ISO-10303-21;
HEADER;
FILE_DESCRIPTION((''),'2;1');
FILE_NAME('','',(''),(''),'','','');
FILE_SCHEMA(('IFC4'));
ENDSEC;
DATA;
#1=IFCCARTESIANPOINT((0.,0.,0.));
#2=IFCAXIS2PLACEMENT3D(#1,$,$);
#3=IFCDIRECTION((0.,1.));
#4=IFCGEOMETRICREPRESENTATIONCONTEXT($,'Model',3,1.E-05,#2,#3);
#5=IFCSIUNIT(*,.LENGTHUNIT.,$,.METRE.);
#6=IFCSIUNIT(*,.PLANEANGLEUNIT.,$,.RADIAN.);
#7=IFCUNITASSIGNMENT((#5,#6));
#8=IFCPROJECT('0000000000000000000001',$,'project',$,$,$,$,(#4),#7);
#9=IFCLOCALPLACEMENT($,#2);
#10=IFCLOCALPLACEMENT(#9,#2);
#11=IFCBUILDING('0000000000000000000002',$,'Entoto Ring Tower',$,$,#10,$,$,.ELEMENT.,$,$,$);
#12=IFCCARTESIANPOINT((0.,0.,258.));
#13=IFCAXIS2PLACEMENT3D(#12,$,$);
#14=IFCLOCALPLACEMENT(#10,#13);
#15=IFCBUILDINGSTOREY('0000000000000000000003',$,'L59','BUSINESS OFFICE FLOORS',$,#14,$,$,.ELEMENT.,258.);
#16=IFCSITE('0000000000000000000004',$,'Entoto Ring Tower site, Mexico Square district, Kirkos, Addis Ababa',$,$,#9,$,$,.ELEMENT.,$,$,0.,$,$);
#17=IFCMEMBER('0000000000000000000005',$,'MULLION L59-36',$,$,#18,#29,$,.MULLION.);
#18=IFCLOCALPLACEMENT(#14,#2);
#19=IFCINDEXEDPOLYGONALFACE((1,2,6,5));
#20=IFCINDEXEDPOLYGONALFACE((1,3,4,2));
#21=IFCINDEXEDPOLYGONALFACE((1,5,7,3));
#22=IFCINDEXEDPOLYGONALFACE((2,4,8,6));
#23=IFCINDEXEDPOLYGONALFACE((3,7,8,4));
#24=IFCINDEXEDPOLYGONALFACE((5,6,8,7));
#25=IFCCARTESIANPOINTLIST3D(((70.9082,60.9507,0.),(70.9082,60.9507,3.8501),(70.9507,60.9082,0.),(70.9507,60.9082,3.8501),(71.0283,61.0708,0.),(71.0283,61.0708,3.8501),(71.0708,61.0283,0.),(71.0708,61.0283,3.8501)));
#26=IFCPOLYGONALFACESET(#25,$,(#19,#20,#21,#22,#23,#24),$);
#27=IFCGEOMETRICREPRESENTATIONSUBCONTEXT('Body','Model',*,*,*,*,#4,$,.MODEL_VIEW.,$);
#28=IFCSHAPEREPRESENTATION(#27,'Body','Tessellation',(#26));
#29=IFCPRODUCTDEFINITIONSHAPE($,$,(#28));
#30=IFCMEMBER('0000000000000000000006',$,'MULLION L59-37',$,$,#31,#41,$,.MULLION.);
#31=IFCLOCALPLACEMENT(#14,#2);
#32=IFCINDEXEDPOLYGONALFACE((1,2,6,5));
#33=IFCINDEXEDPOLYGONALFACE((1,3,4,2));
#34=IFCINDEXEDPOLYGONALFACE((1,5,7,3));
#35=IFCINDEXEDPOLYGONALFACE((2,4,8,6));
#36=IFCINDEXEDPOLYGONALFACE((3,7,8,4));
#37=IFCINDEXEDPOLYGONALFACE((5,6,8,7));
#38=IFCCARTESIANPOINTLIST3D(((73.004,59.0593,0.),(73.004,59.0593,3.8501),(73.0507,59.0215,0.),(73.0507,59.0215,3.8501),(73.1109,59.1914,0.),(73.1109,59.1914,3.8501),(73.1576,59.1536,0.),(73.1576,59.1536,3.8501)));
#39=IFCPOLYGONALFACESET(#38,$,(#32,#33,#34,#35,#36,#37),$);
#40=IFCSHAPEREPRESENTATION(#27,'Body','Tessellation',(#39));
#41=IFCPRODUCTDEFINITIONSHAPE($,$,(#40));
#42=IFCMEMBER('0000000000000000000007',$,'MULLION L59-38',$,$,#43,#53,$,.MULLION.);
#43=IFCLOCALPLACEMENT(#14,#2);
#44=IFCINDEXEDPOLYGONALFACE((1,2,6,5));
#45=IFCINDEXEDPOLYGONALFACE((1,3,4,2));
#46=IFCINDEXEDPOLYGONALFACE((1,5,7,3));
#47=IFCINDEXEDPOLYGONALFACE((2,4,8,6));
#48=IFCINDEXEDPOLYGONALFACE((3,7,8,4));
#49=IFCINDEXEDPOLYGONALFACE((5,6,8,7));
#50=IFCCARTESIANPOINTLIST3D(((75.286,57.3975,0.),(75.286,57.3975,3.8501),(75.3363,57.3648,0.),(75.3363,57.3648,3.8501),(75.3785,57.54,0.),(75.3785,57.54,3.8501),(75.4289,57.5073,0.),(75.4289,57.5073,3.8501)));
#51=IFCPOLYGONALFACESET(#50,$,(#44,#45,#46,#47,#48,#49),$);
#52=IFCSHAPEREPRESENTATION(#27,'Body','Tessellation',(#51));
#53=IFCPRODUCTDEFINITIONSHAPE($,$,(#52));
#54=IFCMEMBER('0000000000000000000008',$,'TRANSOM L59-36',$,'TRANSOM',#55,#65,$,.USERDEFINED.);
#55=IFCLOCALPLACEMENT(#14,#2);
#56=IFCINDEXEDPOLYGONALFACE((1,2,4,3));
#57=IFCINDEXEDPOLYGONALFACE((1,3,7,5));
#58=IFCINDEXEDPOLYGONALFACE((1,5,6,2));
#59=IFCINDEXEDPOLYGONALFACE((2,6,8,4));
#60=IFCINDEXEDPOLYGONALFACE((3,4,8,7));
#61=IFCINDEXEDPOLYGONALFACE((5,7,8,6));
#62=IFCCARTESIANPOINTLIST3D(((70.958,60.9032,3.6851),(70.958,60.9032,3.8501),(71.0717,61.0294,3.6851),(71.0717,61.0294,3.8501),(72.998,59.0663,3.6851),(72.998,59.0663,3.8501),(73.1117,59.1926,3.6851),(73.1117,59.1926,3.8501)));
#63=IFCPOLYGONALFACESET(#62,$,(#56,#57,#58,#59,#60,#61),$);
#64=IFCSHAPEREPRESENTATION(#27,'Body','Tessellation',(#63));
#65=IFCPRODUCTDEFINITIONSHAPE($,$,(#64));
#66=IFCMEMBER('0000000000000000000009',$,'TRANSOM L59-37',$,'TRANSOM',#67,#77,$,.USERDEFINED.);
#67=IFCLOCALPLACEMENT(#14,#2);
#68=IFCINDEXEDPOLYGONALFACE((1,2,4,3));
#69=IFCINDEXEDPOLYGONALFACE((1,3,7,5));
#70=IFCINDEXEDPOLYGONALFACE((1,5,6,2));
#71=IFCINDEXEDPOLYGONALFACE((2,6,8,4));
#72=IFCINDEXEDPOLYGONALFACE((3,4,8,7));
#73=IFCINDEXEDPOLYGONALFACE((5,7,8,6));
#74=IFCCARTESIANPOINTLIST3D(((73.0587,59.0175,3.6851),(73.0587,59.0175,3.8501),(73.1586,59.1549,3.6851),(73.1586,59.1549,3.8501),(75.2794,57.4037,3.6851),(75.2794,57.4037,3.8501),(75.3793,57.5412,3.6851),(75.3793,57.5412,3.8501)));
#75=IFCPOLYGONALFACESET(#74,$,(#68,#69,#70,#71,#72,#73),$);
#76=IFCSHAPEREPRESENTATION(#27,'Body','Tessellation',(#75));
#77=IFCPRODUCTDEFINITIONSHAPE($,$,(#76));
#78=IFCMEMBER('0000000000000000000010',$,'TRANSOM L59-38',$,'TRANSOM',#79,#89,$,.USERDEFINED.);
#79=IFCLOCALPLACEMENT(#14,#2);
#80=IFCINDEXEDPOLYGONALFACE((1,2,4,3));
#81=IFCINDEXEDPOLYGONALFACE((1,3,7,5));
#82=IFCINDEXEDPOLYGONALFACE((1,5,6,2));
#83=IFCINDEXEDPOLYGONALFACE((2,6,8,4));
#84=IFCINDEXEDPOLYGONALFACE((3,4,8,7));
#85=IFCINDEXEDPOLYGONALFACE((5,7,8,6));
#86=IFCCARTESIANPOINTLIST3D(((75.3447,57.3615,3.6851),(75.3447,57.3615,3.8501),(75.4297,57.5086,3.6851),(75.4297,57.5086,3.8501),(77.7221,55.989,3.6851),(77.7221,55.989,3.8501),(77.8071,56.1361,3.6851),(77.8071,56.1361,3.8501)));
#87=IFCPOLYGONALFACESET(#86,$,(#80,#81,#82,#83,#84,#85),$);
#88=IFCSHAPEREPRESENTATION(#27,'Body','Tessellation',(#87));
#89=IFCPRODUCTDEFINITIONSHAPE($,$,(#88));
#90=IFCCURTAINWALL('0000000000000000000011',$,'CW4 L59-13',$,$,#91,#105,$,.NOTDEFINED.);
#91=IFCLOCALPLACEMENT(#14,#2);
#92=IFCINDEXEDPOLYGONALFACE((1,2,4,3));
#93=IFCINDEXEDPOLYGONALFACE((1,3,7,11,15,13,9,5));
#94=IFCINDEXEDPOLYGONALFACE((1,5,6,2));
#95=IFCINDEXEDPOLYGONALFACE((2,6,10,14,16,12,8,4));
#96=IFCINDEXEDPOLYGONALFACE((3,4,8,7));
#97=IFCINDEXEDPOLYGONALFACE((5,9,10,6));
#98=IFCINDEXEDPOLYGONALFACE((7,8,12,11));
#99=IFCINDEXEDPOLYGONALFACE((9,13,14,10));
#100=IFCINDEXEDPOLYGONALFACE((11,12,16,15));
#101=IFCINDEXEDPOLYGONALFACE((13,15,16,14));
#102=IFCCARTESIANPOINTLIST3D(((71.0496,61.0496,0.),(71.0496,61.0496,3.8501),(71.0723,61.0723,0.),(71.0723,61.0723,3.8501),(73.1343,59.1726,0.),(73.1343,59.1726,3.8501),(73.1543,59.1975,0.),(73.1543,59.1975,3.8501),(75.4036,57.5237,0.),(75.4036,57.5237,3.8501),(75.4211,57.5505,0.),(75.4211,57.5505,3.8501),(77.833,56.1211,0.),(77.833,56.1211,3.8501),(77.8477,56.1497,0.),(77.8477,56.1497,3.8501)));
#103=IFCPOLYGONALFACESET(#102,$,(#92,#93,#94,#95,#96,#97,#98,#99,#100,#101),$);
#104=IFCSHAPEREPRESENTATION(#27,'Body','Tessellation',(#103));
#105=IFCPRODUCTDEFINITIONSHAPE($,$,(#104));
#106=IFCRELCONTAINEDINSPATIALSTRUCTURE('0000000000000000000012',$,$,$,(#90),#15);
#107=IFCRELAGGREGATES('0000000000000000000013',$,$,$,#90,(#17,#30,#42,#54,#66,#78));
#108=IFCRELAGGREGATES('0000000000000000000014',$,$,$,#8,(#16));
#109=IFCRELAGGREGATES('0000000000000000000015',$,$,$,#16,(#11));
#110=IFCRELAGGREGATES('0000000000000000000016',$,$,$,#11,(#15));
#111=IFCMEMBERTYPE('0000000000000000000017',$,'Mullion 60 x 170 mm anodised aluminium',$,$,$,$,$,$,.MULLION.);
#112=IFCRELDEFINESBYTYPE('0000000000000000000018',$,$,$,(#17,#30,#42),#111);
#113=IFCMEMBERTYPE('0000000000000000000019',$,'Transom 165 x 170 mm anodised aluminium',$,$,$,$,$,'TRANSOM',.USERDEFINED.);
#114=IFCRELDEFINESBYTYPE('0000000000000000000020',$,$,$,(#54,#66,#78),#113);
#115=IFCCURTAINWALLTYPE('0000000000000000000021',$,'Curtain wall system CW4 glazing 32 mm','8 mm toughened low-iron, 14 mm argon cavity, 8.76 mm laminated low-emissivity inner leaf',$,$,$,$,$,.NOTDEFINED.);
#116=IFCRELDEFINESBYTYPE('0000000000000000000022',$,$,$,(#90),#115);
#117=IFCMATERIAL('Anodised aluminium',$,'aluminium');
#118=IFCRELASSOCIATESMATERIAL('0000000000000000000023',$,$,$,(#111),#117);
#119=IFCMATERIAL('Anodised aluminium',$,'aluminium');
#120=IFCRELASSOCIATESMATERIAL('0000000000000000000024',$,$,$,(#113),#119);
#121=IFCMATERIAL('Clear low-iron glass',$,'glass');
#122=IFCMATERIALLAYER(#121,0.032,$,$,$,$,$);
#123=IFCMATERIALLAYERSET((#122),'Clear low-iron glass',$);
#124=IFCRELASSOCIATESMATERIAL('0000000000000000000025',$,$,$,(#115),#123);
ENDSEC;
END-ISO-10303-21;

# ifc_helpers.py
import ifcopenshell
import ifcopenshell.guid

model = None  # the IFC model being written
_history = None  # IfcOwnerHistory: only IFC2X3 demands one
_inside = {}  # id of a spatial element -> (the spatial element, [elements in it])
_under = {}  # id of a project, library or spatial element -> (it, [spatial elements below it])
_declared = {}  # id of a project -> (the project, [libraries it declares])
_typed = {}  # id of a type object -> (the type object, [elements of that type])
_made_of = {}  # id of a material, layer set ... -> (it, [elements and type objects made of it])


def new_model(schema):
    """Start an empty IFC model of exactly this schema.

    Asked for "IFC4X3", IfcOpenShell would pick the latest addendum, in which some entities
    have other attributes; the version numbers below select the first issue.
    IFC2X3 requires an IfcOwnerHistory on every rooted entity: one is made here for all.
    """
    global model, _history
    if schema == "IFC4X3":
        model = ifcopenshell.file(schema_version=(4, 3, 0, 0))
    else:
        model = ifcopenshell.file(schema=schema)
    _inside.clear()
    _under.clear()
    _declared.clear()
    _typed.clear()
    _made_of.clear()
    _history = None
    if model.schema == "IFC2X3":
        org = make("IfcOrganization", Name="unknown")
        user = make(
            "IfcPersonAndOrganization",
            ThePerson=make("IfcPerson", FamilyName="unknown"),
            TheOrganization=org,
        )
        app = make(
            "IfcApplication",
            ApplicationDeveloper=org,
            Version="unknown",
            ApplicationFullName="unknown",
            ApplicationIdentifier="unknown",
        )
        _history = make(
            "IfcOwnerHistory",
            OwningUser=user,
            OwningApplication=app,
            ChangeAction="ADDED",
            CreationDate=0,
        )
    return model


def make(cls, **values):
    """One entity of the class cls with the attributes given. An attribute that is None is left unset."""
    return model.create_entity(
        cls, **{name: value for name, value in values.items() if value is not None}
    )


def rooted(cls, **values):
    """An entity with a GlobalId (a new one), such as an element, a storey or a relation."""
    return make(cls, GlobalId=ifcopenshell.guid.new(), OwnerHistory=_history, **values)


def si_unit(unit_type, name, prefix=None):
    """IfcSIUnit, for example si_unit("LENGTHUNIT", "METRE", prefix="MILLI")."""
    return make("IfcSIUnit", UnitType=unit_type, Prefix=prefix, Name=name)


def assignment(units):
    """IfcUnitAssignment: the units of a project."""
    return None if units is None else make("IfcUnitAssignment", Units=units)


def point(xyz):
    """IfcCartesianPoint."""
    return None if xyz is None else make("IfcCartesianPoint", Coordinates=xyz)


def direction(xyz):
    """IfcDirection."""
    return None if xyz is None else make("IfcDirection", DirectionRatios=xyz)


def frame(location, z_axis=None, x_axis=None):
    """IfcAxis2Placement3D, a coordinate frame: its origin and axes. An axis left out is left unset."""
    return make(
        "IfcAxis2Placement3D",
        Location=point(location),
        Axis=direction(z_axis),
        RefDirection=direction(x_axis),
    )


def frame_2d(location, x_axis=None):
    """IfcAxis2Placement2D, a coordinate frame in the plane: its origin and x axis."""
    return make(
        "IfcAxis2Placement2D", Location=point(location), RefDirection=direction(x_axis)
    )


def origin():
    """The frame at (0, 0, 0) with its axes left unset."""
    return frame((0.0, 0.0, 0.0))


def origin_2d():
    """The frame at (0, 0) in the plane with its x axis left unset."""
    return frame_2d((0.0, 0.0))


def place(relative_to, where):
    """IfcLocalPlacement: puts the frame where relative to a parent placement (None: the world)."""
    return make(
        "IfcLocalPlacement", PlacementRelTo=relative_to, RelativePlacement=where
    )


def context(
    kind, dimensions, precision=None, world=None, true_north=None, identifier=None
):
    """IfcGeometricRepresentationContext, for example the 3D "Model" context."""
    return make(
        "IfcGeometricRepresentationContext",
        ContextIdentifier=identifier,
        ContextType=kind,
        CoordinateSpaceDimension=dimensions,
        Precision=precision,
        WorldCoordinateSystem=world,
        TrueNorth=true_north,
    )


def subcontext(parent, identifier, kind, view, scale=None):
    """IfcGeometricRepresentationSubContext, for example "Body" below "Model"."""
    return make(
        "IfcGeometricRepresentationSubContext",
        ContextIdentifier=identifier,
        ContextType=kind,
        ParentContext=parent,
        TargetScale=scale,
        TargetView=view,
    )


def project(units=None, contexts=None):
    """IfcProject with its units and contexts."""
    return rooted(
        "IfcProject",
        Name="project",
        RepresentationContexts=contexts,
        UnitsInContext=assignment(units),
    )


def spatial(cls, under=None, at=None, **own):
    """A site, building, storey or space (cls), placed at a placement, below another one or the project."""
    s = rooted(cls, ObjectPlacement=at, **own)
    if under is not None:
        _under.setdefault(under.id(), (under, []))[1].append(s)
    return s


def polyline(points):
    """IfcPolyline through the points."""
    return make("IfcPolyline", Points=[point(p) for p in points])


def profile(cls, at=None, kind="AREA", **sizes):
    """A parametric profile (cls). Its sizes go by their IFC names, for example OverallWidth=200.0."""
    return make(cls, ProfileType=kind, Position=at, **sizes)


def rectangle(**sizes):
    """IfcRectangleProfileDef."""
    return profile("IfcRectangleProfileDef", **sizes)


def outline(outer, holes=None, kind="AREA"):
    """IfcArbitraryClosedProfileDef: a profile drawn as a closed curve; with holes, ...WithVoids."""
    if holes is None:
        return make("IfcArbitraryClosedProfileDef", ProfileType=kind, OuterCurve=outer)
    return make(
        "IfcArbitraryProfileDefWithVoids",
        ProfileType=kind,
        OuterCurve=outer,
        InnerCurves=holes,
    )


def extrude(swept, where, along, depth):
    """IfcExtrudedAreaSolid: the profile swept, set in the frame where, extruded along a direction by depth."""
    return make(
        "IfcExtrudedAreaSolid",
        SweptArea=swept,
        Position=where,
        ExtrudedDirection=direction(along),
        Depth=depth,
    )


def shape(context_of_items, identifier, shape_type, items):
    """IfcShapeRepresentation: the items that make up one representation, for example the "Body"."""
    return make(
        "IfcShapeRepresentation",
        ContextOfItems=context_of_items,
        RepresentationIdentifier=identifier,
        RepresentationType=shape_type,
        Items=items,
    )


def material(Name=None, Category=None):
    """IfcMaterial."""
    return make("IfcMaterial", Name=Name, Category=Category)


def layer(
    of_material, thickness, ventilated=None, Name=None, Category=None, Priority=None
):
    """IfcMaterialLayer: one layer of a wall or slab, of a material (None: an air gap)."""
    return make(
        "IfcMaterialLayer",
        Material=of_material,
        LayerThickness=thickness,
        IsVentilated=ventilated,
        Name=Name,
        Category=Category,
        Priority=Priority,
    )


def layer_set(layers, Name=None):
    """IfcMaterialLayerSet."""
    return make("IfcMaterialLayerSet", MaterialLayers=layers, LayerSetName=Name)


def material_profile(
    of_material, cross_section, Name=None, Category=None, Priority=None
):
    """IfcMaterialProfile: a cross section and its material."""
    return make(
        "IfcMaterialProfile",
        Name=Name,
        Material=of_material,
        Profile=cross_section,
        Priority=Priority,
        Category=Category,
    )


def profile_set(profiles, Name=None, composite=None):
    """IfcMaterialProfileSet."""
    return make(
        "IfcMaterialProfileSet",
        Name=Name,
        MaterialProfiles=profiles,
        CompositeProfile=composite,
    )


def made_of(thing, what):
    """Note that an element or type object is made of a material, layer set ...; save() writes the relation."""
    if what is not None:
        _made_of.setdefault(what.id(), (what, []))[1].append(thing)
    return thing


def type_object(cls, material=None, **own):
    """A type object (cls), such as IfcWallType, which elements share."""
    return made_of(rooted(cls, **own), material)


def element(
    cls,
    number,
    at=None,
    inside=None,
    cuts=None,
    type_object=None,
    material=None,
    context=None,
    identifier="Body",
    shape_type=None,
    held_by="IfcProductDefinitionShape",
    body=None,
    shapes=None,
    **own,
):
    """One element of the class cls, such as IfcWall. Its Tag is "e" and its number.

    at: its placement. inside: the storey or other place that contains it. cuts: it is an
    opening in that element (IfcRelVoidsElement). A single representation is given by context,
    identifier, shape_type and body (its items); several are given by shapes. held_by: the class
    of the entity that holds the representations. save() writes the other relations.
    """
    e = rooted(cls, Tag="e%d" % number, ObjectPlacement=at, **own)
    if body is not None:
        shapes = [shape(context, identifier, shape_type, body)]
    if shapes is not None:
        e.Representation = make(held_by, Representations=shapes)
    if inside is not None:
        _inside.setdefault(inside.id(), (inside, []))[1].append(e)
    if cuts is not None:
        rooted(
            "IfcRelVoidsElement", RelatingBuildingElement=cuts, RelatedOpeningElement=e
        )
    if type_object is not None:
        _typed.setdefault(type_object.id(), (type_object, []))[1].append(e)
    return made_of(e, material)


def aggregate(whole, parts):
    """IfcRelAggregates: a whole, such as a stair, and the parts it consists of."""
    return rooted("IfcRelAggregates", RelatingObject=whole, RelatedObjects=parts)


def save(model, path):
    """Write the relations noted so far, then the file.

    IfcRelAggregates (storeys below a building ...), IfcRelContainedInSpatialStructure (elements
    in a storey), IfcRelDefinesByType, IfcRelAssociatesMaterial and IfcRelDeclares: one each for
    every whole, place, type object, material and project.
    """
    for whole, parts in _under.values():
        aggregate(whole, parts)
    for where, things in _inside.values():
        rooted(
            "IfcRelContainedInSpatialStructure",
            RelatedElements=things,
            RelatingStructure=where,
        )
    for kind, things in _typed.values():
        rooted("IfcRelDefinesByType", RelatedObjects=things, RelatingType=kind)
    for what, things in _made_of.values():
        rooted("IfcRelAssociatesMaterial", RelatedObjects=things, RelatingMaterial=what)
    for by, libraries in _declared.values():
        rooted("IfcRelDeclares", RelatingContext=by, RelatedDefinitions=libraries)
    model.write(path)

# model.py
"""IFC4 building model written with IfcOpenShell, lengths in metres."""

from ifc_helpers import new_model, si_unit, direction, frame, origin, origin_2d, place, context, subcontext, project, spatial, polyline, rectangle, outline, extrude, material, layer, layer_set, material_profile, profile_set, type_object, element, aggregate, save


model = new_model("IFC4")

# Units and contexts
model_context = context("Model", 3, precision=1e-05, world=origin(), true_north=direction((0.0, 1.0)))
body_context = subcontext(model_context, "Body", "Model", "MODEL_VIEW")
ifc_project = project(units=[si_unit("LENGTHUNIT", "METRE"), si_unit("PLANEANGLEUNIT", "RADIAN")], contexts=[model_context])

# Members
ifc_material_1 = material(Name="Anodised aluminium", Category="aluminium")
ifc_material_profile_1 = material_profile(ifc_material_1, rectangle(XDim=0.0601, YDim=0.1699, at=origin_2d()), Name="Mullion 60 x 170 mm anodised aluminium")
ifc_profile_set_1 = profile_set([ifc_material_profile_1], Name="Anodised aluminium")
member_type_1 = type_object("IfcMemberType", Name="Mullion 60 x 170 mm anodised aluminium", PredefinedType="MULLION", material=ifc_profile_set_1)
site_placement = place(None, origin())
building_placement = place(site_placement, origin())
storey_placement = place(building_placement, frame((0.0, 0.0, 258.0)))
member_1_placement = place(storey_placement, frame((70.9895, 60.9895, 0.0), z_axis=(0.0, 0.0, 1.0), x_axis=(0.707107, -0.707107, 0.0)))
member_1 = element("IfcMember", 1, at=member_1_placement, type_object=member_type_1, Name="MULLION L59-36", PredefinedType="MULLION", context=body_context, shape_type="SweptSolid", body=[
    extrude(rectangle(XDim=0.0601, YDim=0.1699, at=origin_2d()), origin(), (0.0, 0.0, 1.0), 3.8501),
])
member_2_placement = place(storey_placement, frame((73.0808, 59.1064, 0.0), z_axis=(0.0, 0.0, 1.0), x_axis=(0.777146, -0.62932, 0.0)))
member_2 = element("IfcMember", 2, at=member_2_placement, type_object=member_type_1, Name="MULLION L59-37", PredefinedType="MULLION", context=body_context, shape_type="SweptSolid", body=[
    extrude(rectangle(XDim=0.0601, YDim=0.1699, at=origin_2d()), origin(), (0.0, 0.0, 1.0), 3.8501),
])
member_3_placement = place(storey_placement, frame((75.3574, 57.4524, 0.0), z_axis=(0.0, 0.0, 1.0), x_axis=(0.838671, -0.544639, 0.0)))
member_3 = element("IfcMember", 3, at=member_3_placement, type_object=member_type_1, Name="MULLION L59-38", PredefinedType="MULLION", context=body_context, shape_type="SweptSolid", body=[
    extrude(rectangle(XDim=0.0601, YDim=0.1699, at=origin_2d()), origin(), (0.0, 0.0, 1.0), 3.8501),
])
ifc_material_2 = material(Name="Anodised aluminium", Category="aluminium")
ifc_material_profile_2 = material_profile(ifc_material_2, rectangle(XDim=0.1699, YDim=0.165, at=origin_2d()), Name="Transom 165 x 170 mm anodised aluminium")
ifc_profile_set_2 = profile_set([ifc_material_profile_2], Name="Anodised aluminium")
member_type_2 = type_object("IfcMemberType", Name="Transom 165 x 170 mm anodised aluminium", ElementType="TRANSOM", PredefinedType="USERDEFINED", material=ifc_profile_set_2)
member_4_placement = place(storey_placement, frame((71.0149, 60.9663, 3.7676), z_axis=(0.743135, -0.669142, 0.0), x_axis=(0.669142, 0.743135, 0.0)))
member_4 = element("IfcMember", 4, at=member_4_placement, type_object=member_type_2, Name="TRANSOM L59-36", ObjectType="TRANSOM", PredefinedType="USERDEFINED", context=body_context, shape_type="SweptSolid", body=[
    extrude(rectangle(XDim=0.1699, YDim=0.165, at=origin_2d()), origin(), (0.0, 0.0, 1.0), 2.7451),
])
member_5_placement = place(storey_placement, frame((73.1086, 59.0862, 3.7676), z_axis=(0.808959, -0.587865, 0.0), x_axis=(0.587865, 0.808959, 0.0)))
member_5 = element("IfcMember", 5, at=member_5_placement, type_object=member_type_2, Name="TRANSOM L59-37", ObjectType="TRANSOM", PredefinedType="USERDEFINED", context=body_context, shape_type="SweptSolid", body=[
    extrude(rectangle(XDim=0.1699, YDim=0.165, at=origin_2d()), origin(), (0.0, 0.0, 1.0), 2.7451),
])
member_6_placement = place(storey_placement, frame((75.3872, 57.4351, 3.7676), z_axis=(0.866035, -0.499984, 0.0), x_axis=(0.499984, 0.866035, 0.0)))
member_6 = element("IfcMember", 6, at=member_6_placement, type_object=member_type_2, Name="TRANSOM L59-38", ObjectType="TRANSOM", PredefinedType="USERDEFINED", context=body_context, shape_type="SweptSolid", body=[
    extrude(rectangle(XDim=0.1699, YDim=0.165, at=origin_2d()), origin(), (0.0, 0.0, 1.0), 2.7451),
])

# Site, building, storey
site = spatial("IfcSite", under=ifc_project, at=site_placement, Name="Entoto Ring Tower site, Mexico Square district, Kirkos, Addis Ababa", CompositionType="ELEMENT", RefElevation=0.0)
building = spatial("IfcBuilding", under=site, at=building_placement, Name="Entoto Ring Tower", CompositionType="ELEMENT")
storey = spatial("IfcBuildingStorey", under=building, at=storey_placement, Name="L59", Description="BUSINESS OFFICE FLOORS", CompositionType="ELEMENT", Elevation=258.0)

# Curtain wall
ifc_material_3 = material(Name="Clear low-iron glass", Category="glass")
ifc_layer = layer(ifc_material_3, 0.032)
ifc_layer_set = layer_set([ifc_layer], Name="Clear low-iron glass")
curtain_wall_type = type_object("IfcCurtainWallType", Name="Curtain wall system CW4 glazing 32 mm", Description="8 mm toughened low-iron, 14 mm argon cavity, 8.76 mm laminated low-emissivity inner leaf", PredefinedType="NOTDEFINED", material=ifc_layer_set)
curtain_wall_1_placement = place(storey_placement, origin())
curtain_wall_1 = element("IfcCurtainWall", 7, at=curtain_wall_1_placement, inside=storey, type_object=curtain_wall_type, Name="CW4 L59-13", PredefinedType="NOTDEFINED", context=body_context, shape_type="SweptSolid", body=[
    extrude(outline(polyline([(71.0496, 61.0496), (73.1343, 59.1726), (75.4036, 57.5237), (77.833, 56.1211), (77.8477, 56.1497), (75.4211, 57.5505), (73.1543, 59.1975), (71.0723, 61.0723), (71.0496, 61.0496)])), origin(), (0.0, 0.0, 1.0), 3.8501),
])
aggregate(curtain_wall_1, [member_1, member_2, member_3, member_4, member_5, member_6])

save(model, "model.ifc")
